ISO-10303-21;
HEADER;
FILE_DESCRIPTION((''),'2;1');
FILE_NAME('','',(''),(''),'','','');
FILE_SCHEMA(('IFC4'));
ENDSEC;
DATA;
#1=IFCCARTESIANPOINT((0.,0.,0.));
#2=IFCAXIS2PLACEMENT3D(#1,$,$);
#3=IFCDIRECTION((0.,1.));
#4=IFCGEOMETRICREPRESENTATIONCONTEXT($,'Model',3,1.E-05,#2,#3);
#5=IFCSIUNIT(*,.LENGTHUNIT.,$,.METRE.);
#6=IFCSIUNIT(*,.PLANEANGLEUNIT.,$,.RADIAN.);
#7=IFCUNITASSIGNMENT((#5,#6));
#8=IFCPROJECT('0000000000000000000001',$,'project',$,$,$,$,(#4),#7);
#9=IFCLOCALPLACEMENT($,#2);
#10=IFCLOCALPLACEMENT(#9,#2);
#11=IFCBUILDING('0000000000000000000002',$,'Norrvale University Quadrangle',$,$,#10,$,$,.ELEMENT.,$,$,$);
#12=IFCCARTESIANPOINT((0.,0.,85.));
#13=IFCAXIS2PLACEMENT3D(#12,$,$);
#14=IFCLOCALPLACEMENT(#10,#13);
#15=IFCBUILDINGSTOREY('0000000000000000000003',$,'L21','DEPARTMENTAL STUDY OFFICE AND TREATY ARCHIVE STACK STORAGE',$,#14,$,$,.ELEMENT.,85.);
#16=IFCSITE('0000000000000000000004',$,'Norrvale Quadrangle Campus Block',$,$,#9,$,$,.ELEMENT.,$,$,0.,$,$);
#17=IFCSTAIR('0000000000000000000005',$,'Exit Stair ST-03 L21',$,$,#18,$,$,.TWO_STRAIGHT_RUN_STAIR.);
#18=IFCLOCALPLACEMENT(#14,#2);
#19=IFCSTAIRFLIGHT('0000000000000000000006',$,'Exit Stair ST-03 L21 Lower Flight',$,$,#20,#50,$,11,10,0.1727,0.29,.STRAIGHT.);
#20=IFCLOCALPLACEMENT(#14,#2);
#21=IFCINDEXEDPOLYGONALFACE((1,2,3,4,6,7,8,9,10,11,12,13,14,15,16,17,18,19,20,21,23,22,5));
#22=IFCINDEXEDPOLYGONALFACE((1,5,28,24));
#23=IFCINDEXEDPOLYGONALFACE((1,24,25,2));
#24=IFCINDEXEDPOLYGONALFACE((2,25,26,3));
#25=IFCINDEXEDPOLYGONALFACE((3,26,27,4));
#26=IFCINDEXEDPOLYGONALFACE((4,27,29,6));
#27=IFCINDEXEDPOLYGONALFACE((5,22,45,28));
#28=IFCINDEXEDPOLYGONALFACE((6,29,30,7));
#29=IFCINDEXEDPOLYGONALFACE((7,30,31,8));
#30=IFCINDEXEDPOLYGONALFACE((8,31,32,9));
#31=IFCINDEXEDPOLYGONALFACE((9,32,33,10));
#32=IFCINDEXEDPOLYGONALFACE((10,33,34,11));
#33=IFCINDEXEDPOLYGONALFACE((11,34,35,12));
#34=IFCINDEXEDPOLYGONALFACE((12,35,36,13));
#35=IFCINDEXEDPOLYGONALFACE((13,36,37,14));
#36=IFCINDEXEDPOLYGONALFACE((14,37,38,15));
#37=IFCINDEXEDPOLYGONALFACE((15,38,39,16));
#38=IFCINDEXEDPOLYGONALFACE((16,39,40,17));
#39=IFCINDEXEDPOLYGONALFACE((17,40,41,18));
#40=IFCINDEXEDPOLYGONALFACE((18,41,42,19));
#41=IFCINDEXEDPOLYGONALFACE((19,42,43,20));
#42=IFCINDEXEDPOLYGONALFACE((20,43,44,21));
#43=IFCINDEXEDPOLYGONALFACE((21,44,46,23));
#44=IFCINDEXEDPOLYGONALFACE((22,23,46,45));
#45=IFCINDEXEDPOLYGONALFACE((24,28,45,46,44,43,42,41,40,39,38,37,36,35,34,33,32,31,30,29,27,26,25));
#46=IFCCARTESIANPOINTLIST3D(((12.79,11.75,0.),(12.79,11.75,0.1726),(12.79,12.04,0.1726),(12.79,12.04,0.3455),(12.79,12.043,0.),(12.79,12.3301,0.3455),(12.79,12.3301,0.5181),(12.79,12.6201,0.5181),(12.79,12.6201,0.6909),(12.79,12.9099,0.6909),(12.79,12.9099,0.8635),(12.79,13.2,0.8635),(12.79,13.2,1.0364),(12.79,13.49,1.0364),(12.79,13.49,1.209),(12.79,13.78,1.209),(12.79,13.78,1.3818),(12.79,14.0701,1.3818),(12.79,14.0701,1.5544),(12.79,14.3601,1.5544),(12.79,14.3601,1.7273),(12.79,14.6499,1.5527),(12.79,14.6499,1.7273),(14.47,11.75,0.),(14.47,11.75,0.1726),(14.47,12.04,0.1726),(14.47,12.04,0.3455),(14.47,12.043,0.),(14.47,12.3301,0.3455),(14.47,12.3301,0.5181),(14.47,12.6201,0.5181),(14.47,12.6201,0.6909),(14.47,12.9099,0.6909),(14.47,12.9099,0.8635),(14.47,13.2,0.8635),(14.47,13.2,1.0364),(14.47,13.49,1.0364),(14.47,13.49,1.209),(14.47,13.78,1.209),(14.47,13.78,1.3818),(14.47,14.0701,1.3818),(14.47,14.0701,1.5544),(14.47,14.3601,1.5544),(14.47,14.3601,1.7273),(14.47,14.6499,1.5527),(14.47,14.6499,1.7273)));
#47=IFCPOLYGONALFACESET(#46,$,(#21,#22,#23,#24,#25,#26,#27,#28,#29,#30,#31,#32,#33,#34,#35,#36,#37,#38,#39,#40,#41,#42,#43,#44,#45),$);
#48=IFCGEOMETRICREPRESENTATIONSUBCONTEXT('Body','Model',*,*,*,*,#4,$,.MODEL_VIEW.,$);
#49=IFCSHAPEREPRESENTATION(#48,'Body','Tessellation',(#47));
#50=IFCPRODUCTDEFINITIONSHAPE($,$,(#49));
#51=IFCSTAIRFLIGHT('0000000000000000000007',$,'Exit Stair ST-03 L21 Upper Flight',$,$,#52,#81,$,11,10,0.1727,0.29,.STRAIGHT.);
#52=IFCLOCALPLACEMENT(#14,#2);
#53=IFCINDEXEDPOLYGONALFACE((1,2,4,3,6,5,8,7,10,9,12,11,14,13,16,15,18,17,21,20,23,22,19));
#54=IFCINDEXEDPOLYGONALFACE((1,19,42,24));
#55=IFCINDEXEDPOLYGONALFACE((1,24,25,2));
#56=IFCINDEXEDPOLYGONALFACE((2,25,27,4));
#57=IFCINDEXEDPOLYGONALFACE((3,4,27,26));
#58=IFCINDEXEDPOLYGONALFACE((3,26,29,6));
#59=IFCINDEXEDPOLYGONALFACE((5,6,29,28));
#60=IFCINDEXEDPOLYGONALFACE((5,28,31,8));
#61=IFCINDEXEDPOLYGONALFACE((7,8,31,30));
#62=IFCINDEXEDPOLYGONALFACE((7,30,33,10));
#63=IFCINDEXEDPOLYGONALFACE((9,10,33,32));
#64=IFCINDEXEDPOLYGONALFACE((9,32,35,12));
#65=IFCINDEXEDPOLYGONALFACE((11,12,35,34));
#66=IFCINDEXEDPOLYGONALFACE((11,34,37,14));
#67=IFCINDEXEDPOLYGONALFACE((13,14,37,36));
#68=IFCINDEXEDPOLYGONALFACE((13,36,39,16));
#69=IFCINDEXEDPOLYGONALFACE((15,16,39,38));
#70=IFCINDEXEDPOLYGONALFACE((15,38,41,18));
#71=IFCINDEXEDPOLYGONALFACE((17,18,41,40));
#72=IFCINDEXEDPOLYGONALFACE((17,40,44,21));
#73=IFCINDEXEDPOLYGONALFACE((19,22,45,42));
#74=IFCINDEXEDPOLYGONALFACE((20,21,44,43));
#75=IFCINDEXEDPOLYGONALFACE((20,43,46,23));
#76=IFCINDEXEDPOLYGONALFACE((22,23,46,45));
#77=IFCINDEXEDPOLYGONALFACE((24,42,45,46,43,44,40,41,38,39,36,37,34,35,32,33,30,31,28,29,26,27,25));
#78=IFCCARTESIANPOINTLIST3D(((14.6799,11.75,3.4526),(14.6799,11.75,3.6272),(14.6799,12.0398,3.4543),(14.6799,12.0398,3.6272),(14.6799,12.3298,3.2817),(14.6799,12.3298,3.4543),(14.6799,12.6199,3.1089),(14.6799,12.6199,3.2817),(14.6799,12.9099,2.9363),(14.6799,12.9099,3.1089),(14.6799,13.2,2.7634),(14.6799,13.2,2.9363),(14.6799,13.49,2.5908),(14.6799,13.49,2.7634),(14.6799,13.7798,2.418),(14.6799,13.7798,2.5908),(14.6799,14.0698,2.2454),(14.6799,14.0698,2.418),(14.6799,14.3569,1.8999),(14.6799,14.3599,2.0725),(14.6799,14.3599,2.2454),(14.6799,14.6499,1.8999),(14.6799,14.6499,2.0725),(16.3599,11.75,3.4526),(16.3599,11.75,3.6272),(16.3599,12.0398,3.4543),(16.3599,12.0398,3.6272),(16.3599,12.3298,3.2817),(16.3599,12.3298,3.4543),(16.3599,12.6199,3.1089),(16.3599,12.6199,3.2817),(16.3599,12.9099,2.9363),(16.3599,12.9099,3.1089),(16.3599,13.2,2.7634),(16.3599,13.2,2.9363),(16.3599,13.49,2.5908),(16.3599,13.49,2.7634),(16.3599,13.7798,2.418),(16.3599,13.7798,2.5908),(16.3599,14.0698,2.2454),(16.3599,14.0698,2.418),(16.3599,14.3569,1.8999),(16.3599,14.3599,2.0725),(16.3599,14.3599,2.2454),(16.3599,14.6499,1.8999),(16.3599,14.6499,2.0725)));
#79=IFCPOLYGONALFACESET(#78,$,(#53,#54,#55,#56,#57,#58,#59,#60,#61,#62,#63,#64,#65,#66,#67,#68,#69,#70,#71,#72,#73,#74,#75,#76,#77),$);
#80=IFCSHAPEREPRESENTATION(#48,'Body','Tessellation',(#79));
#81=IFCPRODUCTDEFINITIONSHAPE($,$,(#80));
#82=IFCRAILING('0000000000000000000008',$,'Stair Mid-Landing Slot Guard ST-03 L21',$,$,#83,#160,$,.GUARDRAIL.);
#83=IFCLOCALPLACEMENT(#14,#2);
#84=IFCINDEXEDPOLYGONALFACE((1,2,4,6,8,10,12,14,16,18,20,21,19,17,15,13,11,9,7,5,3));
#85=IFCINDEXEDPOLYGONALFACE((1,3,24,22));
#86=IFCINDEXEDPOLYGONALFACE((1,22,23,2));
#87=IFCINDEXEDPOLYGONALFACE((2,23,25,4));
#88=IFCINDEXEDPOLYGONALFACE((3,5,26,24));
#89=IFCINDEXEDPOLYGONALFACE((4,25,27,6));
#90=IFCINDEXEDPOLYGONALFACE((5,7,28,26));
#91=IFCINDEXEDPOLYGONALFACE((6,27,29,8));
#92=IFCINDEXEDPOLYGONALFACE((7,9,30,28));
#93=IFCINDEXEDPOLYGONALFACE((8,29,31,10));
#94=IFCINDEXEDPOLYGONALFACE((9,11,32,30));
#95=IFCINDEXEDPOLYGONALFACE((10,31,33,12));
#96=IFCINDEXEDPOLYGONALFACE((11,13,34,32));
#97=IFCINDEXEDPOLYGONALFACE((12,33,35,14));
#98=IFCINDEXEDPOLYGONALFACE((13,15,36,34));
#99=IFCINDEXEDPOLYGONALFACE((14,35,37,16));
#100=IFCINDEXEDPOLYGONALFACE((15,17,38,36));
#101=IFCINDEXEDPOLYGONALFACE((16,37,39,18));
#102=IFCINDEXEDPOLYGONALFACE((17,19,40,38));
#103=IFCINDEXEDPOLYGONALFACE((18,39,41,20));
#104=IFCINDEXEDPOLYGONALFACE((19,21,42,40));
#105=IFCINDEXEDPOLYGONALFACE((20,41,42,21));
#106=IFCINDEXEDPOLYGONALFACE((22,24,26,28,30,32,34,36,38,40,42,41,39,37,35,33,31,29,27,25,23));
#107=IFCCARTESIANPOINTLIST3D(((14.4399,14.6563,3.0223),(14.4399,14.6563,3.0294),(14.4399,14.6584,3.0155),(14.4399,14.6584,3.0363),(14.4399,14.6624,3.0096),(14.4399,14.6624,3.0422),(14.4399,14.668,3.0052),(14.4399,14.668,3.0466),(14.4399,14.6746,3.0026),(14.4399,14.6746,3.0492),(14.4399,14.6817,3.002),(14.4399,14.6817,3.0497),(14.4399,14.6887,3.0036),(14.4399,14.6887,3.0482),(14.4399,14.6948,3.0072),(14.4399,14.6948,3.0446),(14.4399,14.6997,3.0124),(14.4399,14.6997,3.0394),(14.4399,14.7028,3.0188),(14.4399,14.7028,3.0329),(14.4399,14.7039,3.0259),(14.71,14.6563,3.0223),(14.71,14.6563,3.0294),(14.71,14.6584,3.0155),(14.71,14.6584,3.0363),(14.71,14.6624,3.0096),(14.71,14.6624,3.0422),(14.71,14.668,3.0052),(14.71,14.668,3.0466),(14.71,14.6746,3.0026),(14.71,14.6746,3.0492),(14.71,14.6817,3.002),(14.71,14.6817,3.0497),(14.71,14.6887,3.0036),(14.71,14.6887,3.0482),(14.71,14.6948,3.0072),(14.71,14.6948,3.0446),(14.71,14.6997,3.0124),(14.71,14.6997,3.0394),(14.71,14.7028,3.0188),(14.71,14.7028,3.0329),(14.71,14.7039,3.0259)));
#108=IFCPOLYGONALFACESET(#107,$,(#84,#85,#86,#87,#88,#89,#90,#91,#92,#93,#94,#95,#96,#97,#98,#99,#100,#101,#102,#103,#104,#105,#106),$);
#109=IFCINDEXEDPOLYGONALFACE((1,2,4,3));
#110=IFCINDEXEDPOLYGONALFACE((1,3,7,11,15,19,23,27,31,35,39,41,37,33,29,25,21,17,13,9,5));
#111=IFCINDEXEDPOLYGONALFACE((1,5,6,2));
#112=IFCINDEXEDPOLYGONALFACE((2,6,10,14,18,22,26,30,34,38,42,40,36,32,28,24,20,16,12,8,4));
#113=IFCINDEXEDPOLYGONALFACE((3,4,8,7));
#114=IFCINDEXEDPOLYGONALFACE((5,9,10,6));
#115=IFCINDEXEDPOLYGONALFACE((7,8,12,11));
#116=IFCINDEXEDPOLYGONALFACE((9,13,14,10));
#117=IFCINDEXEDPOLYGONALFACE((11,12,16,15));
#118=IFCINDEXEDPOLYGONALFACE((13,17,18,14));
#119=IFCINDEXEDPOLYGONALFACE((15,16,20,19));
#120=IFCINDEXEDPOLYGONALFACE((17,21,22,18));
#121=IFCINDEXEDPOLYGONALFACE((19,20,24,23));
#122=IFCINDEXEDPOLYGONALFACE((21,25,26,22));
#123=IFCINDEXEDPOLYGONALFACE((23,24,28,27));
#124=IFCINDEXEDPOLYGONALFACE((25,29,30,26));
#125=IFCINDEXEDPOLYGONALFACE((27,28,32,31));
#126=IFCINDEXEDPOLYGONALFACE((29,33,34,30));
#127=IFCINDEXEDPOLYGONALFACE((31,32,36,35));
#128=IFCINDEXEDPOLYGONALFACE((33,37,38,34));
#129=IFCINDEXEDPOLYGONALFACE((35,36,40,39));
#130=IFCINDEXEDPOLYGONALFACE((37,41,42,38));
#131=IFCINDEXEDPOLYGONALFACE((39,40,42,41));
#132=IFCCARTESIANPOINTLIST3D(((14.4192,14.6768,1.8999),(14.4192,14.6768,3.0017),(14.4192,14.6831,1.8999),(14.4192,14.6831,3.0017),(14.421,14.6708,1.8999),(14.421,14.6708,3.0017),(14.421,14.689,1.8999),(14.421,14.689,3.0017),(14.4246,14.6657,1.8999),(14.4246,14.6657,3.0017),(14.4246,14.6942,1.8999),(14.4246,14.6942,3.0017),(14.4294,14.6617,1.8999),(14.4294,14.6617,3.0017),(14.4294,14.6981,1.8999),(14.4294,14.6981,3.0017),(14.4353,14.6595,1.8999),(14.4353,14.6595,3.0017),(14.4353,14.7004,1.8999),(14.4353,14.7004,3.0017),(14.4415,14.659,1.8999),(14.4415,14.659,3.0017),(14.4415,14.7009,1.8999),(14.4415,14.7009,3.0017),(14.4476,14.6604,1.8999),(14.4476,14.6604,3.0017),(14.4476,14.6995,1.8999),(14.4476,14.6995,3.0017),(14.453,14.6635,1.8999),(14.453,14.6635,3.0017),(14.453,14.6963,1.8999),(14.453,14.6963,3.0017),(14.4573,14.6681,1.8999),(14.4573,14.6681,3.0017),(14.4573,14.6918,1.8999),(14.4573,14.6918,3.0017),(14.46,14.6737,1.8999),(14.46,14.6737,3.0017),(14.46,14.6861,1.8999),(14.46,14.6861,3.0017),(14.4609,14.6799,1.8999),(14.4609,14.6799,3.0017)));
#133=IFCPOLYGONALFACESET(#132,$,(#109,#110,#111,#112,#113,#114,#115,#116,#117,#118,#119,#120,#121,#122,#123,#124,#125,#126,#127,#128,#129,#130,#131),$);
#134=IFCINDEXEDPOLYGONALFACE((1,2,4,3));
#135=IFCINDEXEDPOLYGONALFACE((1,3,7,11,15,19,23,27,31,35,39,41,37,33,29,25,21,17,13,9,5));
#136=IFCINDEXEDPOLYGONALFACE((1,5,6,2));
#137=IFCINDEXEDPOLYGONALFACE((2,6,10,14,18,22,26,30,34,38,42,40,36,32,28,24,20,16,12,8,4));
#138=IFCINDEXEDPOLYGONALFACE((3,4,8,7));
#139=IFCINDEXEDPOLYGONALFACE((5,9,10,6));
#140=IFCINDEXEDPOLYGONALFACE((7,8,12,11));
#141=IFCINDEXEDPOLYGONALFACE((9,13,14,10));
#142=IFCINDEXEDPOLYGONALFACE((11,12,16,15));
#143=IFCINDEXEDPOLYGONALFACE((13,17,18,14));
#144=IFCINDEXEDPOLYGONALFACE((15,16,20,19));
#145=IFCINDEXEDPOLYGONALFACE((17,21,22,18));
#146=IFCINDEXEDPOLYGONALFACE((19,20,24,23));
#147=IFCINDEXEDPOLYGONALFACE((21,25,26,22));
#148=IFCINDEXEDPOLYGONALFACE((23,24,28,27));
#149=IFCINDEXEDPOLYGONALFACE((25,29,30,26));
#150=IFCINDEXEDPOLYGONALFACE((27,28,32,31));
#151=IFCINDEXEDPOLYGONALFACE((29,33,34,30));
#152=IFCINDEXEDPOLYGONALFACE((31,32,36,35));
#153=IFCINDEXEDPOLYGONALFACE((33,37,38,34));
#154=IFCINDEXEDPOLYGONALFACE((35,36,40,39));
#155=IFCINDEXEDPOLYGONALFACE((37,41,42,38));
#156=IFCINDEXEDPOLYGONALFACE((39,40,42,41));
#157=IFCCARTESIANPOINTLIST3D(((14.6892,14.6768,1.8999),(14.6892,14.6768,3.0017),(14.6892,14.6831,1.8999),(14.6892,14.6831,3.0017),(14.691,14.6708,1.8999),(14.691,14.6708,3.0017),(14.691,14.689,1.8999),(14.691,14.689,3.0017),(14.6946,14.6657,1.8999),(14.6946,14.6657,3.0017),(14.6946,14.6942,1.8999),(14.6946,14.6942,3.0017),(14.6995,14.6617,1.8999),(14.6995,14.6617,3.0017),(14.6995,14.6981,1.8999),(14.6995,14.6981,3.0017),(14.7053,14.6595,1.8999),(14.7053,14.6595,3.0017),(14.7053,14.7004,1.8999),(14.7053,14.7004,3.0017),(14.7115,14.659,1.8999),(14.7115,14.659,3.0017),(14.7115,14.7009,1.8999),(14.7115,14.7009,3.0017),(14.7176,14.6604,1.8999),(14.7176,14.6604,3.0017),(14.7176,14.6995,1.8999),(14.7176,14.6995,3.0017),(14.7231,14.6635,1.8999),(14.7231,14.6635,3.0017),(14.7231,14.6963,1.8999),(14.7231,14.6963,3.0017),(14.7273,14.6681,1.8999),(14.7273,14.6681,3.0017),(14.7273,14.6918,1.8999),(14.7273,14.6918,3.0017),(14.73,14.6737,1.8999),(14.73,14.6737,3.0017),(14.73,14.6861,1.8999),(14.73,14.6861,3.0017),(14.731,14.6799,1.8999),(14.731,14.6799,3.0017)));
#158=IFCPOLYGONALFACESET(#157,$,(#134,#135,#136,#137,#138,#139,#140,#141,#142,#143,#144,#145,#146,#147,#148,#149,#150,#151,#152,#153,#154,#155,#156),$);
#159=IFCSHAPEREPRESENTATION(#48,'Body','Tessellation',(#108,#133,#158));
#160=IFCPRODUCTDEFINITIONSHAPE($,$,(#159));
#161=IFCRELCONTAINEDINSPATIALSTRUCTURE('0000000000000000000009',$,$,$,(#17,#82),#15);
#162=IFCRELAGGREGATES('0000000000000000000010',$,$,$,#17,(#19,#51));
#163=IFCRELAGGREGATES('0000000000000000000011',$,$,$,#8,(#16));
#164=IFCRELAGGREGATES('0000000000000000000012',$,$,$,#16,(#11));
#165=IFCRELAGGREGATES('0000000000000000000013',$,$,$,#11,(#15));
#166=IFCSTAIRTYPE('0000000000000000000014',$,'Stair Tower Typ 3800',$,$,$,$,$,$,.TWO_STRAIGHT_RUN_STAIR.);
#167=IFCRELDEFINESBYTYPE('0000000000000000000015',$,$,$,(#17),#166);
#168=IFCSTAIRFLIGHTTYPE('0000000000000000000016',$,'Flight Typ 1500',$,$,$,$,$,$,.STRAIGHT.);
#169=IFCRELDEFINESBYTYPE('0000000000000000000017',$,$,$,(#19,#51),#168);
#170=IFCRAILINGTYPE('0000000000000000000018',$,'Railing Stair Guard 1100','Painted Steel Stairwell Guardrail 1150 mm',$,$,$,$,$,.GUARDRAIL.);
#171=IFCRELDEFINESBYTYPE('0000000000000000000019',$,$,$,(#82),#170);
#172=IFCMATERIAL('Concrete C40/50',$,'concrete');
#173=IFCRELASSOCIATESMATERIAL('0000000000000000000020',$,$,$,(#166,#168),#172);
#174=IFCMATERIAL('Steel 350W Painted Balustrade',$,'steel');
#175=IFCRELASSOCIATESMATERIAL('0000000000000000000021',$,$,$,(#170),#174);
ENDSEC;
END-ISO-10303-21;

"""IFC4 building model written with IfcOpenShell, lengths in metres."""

from ifc_helpers import new_model, si_unit, direction, frame, origin, origin_2d, place, context, subcontext, project, spatial, polyline, circle, outline, extrude, material, type_object, element, aggregate, save


model = new_model("IFC4")

# Units and contexts
model_context = context("Model", 3, precision=1e-05, world=origin(), true_north=direction((0.0, 1.0)))
body_context = subcontext(model_context, "Body", "Model", "MODEL_VIEW")
ifc_project = project(units=[si_unit("LENGTHUNIT", "METRE"), si_unit("PLANEANGLEUNIT", "RADIAN")], contexts=[model_context])

# Site, building, storey
site_placement = place(None, origin())
site = spatial("IfcSite", under=ifc_project, at=site_placement, Name="Norrvale Quadrangle Campus Block", CompositionType="ELEMENT", RefElevation=0.0)
building_placement = place(site_placement, origin())
building = spatial("IfcBuilding", under=site, at=building_placement, Name="Norrvale University Quadrangle", CompositionType="ELEMENT")
storey_placement = place(building_placement, frame((0.0, 0.0, 85.0)))
storey = spatial("IfcBuildingStorey", under=building, at=storey_placement, Name="L21", Description="DEPARTMENTAL STUDY OFFICE AND TREATY ARCHIVE STACK STORAGE", CompositionType="ELEMENT", Elevation=85.0)

# Stair, stair flights
ifc_material_1 = material(Name="Concrete C40/50", Category="concrete")
stair_type = type_object("IfcStairType", Name="Stair Tower Typ 3800", PredefinedType="TWO_STRAIGHT_RUN_STAIR", material=ifc_material_1)
stair_placement = place(storey_placement, origin())
stair = element("IfcStair", 1, at=stair_placement, inside=storey, type_object=stair_type, Name="Exit Stair ST-03 L21", PredefinedType="TWO_STRAIGHT_RUN_STAIR")
stair_flight_type = type_object("IfcStairFlightType", Name="Flight Typ 1500", PredefinedType="STRAIGHT", material=ifc_material_1)
stair_flight_1_placement = place(storey_placement, frame((13.6299, 11.75, 0.0), z_axis=(0.0, 0.0, 1.0), x_axis=(0.0, 1.0, 0.0)))
stair_flight_1 = element("IfcStairFlight", 2, at=stair_flight_1_placement, type_object=stair_flight_type, Name="Exit Stair ST-03 L21 Lower Flight", NumberOfRisers=11, NumberOfTreads=10, PredefinedType="STRAIGHT", RiserHeight=0.1727, TreadLength=0.29, context=body_context, shape_type="SweptSolid", body=[
    extrude(outline(polyline([(0.0, 0.0), (0.0, 0.1726), (0.29, 0.1726), (0.29, 0.3455), (0.5801, 0.3455), (0.5801, 0.5181), (0.8701, 0.5181), (0.8701, 0.6909), (1.1599, 0.6909), (1.1599, 0.8635), (1.45, 0.8635), (1.45, 1.0364), (1.74, 1.0364), (1.74, 1.209), (2.03, 1.209), (2.03, 1.3818), (2.3201, 1.3818), (2.3201, 1.5544), (2.6101, 1.5544), (2.6101, 1.7273), (2.8999, 1.7273), (2.8999, 1.8999), (2.8999, 1.5527), (0.293, 0.0), (0.0, 0.0)])), frame((0.0, 0.8398, 0.0), z_axis=(0.0, -1.0, 0.0), x_axis=(1.0, 0.0, 0.0)), (0.0, 0.0, 1.0), 1.6799),
])
stair_flight_2_placement = place(storey_placement, frame((15.52, 14.6499, 1.8999), z_axis=(0.0, 0.0, 1.0), x_axis=(0.0, -1.0, 0.0)))
stair_flight_2 = element("IfcStairFlight", 3, at=stair_flight_2_placement, type_object=stair_flight_type, Name="Exit Stair ST-03 L21 Upper Flight", NumberOfRisers=11, NumberOfTreads=10, PredefinedType="STRAIGHT", RiserHeight=0.1727, TreadLength=0.29, context=body_context, shape_type="SweptSolid", body=[
    extrude(outline(polyline([(0.0, 0.0), (0.0, 0.1726), (0.29, 0.1726), (0.29, 0.3455), (0.5801, 0.3455), (0.5801, 0.5181), (0.8701, 0.5181), (0.8701, 0.6909), (1.1599, 0.6909), (1.1599, 0.8635), (1.45, 0.8635), (1.45, 1.0364), (1.74, 1.0364), (1.74, 1.209), (2.03, 1.209), (2.03, 1.3818), (2.3201, 1.3818), (2.3201, 1.5544), (2.6101, 1.5544), (2.6101, 1.7273), (2.8999, 1.7273), (2.8999, 1.8999), (2.8999, 1.5527), (0.293, 0.0), (0.0, 0.0)])), frame((0.0, 0.8398, 0.0), z_axis=(0.0, -1.0, 0.0), x_axis=(1.0, 0.0, 0.0)), (0.0, 0.0, 1.0), 1.6799),
])
aggregate(stair, [stair_flight_1, stair_flight_2])

# Railing
ifc_material_2 = material(Name="Steel 350W Painted Balustrade", Category="steel")
railing_type_1 = type_object("IfcRailingType", Name="Railing Stair Guard 1100", Description="Painted Steel Stairwell Guardrail 1150 mm", PredefinedType="GUARDRAIL", material=ifc_material_2)
railing_1_placement = place(storey_placement, frame((14.4399, 14.6799, 1.8999)))
element("IfcRailing", 4, at=railing_1_placement, inside=storey, type_object=railing_type_1, Name="Stair Mid-Landing Slot Guard ST-03 L21", PredefinedType="GUARDRAIL", context=body_context, shape_type="SweptSolid", body=[
    extrude(circle(Radius=0.0239, at=origin_2d()), frame((0.0, 0.0, 1.126), z_axis=(1.0, 0.0, 0.0), x_axis=(0.0, 1.0, 0.0)), (0.0, 0.0, 1.0), 0.27),
    extrude(circle(Radius=0.021, at=origin_2d()), origin(), (0.0, 0.0, 1.0), 1.1018),
    extrude(circle(Radius=0.021, at=origin_2d()), frame((0.27, 0.0, 0.0)), (0.0, 0.0, 1.0), 1.1018),
])

save(model, "model.ifc")
